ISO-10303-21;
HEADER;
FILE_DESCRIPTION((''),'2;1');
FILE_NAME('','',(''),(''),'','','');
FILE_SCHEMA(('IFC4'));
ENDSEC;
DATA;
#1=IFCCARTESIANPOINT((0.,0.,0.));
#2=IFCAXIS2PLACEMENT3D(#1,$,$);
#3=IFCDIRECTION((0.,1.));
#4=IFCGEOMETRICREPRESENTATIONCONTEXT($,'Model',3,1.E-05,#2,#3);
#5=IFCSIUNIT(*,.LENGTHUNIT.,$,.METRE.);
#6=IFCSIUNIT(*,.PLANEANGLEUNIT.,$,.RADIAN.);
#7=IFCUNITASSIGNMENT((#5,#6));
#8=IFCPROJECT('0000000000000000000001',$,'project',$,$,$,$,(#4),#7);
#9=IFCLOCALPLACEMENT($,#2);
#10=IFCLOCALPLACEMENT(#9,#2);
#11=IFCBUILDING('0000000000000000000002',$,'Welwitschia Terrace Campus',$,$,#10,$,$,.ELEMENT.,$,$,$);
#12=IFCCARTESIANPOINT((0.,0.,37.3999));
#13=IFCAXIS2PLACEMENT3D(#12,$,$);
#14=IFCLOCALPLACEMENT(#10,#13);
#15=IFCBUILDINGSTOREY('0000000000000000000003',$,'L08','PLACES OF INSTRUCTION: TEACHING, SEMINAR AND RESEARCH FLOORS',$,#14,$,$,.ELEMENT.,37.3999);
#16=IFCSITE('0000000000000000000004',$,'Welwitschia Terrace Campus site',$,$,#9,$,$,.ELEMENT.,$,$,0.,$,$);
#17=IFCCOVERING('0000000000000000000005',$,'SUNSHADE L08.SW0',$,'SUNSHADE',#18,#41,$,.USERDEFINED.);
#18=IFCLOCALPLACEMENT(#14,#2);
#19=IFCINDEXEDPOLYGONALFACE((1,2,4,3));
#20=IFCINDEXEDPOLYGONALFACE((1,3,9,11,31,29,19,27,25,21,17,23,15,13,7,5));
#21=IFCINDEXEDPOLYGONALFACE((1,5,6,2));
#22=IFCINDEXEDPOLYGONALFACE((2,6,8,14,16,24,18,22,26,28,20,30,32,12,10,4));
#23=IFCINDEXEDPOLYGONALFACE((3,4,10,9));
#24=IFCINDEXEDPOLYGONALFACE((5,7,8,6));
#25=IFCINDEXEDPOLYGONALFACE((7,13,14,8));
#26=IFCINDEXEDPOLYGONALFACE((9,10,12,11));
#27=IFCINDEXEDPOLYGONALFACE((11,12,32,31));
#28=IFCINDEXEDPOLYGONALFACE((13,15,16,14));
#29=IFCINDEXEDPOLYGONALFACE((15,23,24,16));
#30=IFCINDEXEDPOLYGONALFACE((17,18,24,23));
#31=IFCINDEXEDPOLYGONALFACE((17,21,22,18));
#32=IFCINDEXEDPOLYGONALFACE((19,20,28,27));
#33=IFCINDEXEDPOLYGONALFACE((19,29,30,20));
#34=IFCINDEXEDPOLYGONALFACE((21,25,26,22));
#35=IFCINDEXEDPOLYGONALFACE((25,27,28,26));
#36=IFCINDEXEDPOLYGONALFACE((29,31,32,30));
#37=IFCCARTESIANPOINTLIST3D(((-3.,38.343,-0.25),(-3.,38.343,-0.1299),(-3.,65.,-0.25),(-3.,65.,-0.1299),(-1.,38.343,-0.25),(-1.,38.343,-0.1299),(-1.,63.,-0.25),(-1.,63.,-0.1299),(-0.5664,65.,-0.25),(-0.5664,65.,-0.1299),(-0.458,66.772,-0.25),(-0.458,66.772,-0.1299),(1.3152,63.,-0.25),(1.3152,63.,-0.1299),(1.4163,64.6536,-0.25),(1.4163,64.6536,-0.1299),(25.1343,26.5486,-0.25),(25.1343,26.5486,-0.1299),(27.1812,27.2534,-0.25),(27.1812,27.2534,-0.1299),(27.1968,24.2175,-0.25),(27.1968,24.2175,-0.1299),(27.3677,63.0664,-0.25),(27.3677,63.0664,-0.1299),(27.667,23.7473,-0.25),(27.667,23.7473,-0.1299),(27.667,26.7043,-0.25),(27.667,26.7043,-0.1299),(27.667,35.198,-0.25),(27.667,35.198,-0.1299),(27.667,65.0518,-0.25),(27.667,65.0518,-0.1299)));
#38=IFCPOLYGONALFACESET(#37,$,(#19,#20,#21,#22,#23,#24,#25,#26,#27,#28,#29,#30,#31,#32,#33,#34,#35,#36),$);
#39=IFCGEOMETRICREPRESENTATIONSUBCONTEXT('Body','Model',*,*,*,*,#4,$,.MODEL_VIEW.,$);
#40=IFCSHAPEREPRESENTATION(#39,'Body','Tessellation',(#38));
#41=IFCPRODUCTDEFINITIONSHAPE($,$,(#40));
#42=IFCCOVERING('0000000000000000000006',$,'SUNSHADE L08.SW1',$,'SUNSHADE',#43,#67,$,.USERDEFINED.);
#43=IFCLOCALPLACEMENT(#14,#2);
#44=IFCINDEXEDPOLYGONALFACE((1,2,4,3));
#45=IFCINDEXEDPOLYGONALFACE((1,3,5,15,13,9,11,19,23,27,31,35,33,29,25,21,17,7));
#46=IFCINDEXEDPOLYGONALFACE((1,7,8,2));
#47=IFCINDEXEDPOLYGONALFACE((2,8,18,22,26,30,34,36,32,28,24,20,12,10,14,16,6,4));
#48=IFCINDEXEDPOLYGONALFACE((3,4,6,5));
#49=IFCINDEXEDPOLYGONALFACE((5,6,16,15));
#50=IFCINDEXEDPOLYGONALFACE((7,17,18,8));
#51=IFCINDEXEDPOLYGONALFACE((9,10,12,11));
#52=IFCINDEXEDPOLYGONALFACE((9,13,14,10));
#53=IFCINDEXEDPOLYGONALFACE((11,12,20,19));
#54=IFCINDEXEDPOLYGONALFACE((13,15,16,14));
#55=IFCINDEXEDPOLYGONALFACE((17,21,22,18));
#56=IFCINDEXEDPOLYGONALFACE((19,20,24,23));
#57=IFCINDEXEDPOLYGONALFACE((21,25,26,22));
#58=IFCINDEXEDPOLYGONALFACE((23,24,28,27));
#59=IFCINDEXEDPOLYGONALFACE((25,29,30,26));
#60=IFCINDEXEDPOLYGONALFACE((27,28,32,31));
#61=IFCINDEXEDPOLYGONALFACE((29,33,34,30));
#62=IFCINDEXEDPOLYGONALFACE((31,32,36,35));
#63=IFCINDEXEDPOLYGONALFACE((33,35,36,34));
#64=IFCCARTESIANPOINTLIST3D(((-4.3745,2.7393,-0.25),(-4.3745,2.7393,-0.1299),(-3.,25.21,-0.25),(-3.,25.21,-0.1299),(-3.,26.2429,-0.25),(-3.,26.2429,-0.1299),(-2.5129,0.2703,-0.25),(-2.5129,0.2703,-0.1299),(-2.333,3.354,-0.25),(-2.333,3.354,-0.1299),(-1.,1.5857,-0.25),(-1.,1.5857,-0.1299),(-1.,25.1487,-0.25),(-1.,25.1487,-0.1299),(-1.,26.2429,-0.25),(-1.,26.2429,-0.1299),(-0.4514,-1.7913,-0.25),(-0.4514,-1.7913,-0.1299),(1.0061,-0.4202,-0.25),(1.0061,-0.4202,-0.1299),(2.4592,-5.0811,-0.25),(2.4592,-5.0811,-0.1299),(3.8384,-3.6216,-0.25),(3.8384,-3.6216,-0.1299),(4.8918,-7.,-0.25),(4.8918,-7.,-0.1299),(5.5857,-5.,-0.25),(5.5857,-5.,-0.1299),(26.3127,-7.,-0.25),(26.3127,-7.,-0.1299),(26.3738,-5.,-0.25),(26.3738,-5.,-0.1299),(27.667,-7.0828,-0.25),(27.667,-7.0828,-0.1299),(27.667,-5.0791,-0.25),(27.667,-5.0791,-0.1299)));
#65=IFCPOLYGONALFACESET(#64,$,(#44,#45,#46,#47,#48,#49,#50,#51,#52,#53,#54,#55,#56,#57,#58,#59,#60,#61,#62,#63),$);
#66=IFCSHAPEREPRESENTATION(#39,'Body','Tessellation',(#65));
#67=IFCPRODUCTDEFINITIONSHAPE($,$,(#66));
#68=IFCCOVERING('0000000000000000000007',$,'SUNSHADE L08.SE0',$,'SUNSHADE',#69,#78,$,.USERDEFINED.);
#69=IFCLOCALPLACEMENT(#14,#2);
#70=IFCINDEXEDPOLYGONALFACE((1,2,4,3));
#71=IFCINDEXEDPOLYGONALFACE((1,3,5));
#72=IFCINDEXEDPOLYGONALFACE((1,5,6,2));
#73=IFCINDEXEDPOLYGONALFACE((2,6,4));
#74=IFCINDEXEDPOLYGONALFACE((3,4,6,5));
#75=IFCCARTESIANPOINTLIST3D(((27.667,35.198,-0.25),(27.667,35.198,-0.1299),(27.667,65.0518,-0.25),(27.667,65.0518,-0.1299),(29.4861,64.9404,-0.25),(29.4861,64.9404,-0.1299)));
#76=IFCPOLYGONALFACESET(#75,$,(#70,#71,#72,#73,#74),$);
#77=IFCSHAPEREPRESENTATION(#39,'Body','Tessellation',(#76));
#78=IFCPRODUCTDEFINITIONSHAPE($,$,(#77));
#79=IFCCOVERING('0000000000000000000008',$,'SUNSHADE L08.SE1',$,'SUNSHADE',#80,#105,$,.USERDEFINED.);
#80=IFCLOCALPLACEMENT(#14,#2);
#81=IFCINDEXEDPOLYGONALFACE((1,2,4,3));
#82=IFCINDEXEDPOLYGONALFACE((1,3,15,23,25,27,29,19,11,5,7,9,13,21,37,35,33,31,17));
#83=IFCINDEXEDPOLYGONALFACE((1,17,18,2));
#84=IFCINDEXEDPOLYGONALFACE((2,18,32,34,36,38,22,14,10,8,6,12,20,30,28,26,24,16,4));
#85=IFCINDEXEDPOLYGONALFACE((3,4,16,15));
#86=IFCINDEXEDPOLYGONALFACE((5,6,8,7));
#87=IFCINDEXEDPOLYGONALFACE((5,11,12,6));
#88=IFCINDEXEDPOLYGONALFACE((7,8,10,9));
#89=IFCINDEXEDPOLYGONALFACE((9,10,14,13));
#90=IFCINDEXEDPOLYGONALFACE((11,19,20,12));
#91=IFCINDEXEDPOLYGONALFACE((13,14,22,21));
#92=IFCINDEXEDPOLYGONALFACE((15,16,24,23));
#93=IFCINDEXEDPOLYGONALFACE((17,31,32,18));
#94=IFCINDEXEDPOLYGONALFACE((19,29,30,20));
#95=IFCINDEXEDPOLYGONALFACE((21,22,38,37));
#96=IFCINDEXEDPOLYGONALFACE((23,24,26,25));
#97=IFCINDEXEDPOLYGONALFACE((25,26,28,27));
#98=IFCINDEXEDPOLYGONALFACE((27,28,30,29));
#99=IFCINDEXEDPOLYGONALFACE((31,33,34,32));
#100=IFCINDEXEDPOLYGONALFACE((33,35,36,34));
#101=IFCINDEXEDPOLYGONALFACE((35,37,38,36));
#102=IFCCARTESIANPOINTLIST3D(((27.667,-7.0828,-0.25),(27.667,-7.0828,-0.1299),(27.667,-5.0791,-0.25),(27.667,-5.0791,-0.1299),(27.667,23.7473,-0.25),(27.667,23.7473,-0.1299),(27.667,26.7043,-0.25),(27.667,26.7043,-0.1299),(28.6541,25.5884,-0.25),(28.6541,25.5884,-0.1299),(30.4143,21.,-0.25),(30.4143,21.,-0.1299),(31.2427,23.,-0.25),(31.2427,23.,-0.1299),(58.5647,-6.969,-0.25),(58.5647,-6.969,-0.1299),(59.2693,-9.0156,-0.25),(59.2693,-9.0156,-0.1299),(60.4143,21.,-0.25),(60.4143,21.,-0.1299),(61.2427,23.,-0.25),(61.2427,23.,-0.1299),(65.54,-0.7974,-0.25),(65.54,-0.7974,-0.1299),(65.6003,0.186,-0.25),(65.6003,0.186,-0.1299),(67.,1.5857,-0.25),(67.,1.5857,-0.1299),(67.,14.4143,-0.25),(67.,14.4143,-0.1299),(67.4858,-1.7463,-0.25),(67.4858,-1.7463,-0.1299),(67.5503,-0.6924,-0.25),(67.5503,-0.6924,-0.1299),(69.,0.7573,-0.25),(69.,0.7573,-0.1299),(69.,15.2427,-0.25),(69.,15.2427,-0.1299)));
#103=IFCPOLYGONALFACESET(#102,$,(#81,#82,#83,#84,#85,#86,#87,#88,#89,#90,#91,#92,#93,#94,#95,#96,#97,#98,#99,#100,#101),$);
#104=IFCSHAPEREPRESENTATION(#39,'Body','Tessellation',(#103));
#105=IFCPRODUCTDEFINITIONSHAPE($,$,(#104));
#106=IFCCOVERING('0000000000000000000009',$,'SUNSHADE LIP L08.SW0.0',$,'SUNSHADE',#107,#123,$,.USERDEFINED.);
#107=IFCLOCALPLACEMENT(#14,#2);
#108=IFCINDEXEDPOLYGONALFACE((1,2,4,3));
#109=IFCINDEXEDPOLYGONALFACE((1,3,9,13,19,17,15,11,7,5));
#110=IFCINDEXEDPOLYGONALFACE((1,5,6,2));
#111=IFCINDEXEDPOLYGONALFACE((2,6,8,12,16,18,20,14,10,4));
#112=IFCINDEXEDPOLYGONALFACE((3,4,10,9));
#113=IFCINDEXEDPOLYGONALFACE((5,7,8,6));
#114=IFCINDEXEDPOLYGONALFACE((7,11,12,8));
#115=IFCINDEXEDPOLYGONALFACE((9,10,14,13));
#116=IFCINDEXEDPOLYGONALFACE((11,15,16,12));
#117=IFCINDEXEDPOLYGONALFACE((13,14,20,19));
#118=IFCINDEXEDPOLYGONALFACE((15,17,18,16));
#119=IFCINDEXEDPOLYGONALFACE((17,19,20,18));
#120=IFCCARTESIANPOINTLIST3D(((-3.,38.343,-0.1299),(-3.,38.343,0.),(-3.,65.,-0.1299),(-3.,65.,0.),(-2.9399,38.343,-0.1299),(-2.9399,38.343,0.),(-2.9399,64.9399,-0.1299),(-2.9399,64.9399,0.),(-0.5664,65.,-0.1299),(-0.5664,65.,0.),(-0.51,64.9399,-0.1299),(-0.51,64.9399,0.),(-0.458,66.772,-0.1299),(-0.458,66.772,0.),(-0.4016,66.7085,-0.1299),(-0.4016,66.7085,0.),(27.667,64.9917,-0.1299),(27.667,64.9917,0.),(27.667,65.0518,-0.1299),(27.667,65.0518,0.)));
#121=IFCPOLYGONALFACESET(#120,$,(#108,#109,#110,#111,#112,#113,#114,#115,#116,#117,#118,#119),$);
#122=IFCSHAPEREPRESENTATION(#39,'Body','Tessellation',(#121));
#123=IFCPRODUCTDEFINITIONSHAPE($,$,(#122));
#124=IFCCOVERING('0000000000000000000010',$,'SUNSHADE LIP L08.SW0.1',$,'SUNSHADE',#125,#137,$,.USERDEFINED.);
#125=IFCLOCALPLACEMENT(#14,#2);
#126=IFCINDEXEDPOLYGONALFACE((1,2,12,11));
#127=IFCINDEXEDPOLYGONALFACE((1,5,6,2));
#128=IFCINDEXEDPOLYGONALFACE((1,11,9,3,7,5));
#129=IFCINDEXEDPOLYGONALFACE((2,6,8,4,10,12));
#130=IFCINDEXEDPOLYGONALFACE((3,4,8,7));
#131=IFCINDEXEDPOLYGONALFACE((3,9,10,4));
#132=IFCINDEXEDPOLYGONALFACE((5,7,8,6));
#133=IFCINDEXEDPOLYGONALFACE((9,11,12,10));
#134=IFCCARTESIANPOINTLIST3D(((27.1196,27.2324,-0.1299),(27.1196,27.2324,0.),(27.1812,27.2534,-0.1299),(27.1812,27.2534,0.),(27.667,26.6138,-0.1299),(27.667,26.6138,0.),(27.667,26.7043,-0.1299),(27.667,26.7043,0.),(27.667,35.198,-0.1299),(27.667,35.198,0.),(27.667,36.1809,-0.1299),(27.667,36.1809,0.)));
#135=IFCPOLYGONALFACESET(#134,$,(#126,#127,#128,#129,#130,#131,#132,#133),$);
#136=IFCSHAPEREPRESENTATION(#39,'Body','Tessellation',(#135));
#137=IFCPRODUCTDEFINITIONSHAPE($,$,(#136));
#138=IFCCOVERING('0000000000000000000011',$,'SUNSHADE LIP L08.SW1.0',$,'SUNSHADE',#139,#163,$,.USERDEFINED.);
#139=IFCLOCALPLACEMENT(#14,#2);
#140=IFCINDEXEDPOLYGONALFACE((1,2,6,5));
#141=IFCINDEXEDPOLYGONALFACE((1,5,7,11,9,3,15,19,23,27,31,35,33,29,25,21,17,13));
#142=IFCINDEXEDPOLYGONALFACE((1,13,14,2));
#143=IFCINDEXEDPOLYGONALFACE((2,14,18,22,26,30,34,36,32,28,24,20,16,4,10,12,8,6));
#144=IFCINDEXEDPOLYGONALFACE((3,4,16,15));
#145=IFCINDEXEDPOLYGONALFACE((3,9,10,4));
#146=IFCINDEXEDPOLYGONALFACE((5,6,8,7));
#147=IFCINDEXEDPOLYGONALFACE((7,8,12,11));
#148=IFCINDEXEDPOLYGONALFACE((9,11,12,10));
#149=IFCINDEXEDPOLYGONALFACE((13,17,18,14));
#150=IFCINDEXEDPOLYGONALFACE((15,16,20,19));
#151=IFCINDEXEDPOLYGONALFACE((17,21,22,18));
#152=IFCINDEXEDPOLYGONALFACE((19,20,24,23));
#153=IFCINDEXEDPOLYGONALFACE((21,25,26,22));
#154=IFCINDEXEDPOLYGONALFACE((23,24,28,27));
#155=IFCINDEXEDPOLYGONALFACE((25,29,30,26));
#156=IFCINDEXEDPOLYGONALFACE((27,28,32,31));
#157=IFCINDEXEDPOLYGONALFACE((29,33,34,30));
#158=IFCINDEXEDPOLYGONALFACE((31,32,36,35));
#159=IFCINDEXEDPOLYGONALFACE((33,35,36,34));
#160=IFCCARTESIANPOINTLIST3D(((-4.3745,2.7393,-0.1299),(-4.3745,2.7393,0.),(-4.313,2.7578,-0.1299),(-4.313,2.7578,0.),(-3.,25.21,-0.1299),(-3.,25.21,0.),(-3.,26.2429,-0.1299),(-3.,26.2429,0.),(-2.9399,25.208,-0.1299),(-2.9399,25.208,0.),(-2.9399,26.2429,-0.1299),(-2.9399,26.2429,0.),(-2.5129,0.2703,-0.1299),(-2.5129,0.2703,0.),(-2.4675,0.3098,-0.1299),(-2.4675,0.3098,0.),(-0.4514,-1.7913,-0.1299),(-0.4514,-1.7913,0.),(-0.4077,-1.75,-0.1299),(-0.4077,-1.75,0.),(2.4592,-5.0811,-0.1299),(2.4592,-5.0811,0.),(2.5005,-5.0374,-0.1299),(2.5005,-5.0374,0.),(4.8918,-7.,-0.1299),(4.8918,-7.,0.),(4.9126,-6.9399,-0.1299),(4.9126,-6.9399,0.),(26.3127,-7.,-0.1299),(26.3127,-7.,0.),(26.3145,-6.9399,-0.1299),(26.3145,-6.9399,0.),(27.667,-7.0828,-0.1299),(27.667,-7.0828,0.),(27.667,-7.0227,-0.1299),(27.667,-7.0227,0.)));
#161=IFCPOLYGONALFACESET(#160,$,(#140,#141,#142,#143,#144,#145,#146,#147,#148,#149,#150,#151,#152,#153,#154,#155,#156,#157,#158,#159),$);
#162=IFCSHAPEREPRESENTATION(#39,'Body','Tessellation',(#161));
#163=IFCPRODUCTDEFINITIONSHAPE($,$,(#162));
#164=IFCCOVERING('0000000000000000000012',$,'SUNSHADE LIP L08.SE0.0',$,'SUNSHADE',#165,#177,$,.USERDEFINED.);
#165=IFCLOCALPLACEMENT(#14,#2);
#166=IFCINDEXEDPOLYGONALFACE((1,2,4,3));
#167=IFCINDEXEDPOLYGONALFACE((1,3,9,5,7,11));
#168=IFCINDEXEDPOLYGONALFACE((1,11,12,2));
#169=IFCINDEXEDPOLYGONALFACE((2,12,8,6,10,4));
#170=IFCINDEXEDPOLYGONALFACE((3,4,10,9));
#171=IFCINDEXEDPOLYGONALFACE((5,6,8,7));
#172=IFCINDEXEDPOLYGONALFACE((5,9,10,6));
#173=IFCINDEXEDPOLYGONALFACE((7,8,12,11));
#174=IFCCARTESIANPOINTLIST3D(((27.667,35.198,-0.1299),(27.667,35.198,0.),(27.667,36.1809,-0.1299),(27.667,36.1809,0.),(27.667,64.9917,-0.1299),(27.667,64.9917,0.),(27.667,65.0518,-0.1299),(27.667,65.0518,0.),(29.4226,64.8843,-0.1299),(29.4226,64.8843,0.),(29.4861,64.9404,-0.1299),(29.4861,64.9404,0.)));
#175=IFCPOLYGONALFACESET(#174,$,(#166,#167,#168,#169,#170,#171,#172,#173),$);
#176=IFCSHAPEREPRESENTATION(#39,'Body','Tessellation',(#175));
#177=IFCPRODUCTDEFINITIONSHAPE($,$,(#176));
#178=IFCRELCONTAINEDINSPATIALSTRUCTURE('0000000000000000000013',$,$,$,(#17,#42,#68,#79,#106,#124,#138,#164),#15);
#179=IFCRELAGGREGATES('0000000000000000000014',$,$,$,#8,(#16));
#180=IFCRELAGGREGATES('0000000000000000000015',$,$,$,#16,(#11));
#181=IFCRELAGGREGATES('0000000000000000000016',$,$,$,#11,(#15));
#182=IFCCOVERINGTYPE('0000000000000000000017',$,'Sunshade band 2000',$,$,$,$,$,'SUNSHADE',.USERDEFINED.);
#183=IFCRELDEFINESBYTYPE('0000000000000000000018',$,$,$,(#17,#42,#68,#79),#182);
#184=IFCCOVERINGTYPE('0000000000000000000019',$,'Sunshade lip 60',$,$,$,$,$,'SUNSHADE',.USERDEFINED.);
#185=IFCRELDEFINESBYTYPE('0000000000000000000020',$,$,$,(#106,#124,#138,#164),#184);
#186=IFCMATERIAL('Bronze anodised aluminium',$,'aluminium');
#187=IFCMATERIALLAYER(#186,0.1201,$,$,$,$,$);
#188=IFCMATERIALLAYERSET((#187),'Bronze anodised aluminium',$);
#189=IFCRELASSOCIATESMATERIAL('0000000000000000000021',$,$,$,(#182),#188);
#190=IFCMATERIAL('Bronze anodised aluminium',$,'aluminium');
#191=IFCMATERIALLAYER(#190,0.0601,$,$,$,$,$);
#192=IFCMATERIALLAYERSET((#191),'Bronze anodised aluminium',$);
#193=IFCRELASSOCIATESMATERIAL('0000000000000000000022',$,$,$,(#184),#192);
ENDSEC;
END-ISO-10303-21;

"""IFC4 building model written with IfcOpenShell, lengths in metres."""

from ifc_helpers import new_model, si_unit, direction, frame, origin, place, context, subcontext, project, spatial, polyline, outline, extrude, material, layer, layer_set, type_object, element, save


model = new_model("IFC4")

# Units and contexts
model_context = context("Model", 3, precision=1e-05, world=origin(), true_north=direction((0.0, 1.0)))
body_context = subcontext(model_context, "Body", "Model", "MODEL_VIEW")
ifc_project = project(units=[si_unit("LENGTHUNIT", "METRE"), si_unit("PLANEANGLEUNIT", "RADIAN")], contexts=[model_context])

# Site, building, storey
site_placement = place(None, origin())
site = spatial("IfcSite", under=ifc_project, at=site_placement, Name="Welwitschia Terrace Campus site", CompositionType="ELEMENT", RefElevation=0.0)
building_placement = place(site_placement, origin())
building = spatial("IfcBuilding", under=site, at=building_placement, Name="Welwitschia Terrace Campus", CompositionType="ELEMENT")
storey_placement = place(building_placement, frame((0.0, 0.0, 37.3999)))
storey = spatial("IfcBuildingStorey", under=building, at=storey_placement, Name="L08", Description="PLACES OF INSTRUCTION: TEACHING, SEMINAR AND RESEARCH FLOORS", CompositionType="ELEMENT", Elevation=37.3999)

# Coverings
ifc_material_1 = material(Name="Bronze anodised aluminium", Category="aluminium")
ifc_layer_1 = layer(ifc_material_1, 0.1201)
ifc_layer_set_1 = layer_set([ifc_layer_1], Name="Bronze anodised aluminium")
covering_type_1 = type_object("IfcCoveringType", Name="Sunshade band 2000", ElementType="SUNSHADE", PredefinedType="USERDEFINED", material=ifc_layer_set_1)
covering_1_placement = place(storey_placement, frame((0.0, 0.0, -0.25)))
element("IfcCovering", 1, at=covering_1_placement, inside=storey, type_object=covering_type_1, Name="SUNSHADE L08.SW0", ObjectType="SUNSHADE", PredefinedType="USERDEFINED", context=body_context, shape_type="SweptSolid", body=[
    extrude(outline(polyline([(-0.458, 66.772), (27.667, 65.0518), (27.667, 35.198), (27.1812, 27.2534), (27.667, 26.7043), (27.667, 23.7473), (27.1968, 24.2175), (25.1343, 26.5486), (27.3677, 63.0664), (1.4163, 64.6536), (1.3152, 63.0), (-1.0, 63.0), (-1.0, 38.343), (-3.0, 38.343), (-3.0, 65.0), (-0.5664, 65.0), (-0.458, 66.772)])), origin(), (0.0, 0.0, 1.0), 0.1201),
])
covering_2_placement = place(storey_placement, frame((0.0, 0.0, -0.25)))
element("IfcCovering", 2, at=covering_2_placement, inside=storey, type_object=covering_type_1, Name="SUNSHADE L08.SW1", ObjectType="SUNSHADE", PredefinedType="USERDEFINED", context=body_context, shape_type="SweptSolid", body=[
    extrude(outline(polyline([(26.3127, -7.0), (4.8918, -7.0), (2.4592, -5.0811), (-0.4514, -1.7913), (-2.5129, 0.2703), (-4.3745, 2.7393), (-3.0, 25.21), (-3.0, 26.2429), (-1.0, 26.2429), (-1.0, 25.1487), (-2.333, 3.354), (-1.0, 1.5857), (1.0061, -0.4202), (3.8384, -3.6216), (5.5857, -5.0), (26.3738, -5.0), (27.667, -5.0791), (27.667, -7.0828), (26.3127, -7.0)])), origin(), (0.0, 0.0, 1.0), 0.1201),
])
covering_3_placement = place(storey_placement, frame((0.0, 0.0, -0.25)))
element("IfcCovering", 3, at=covering_3_placement, inside=storey, type_object=covering_type_1, Name="SUNSHADE L08.SE0", ObjectType="SUNSHADE", PredefinedType="USERDEFINED", context=body_context, shape_type="SweptSolid", body=[
    extrude(outline(polyline([(29.4861, 64.9404), (27.667, 35.198), (27.667, 65.0518), (29.4861, 64.9404)])), origin(), (0.0, 0.0, 1.0), 0.1201),
])
covering_4_placement = place(storey_placement, frame((0.0, 0.0, -0.25)))
element("IfcCovering", 4, at=covering_4_placement, inside=storey, type_object=covering_type_1, Name="SUNSHADE L08.SE1", ObjectType="SUNSHADE", PredefinedType="USERDEFINED", context=body_context, shape_type="SweptSolid", body=[
    extrude(outline(polyline([(28.6541, 25.5884), (31.2427, 23.0), (61.2427, 23.0), (69.0, 15.2427), (69.0, 0.7573), (67.5503, -0.6924), (67.4858, -1.7463), (59.2693, -9.0156), (27.667, -7.0828), (27.667, -5.0791), (58.5647, -6.969), (65.54, -0.7974), (65.6003, 0.186), (67.0, 1.5857), (67.0, 14.4143), (60.4143, 21.0), (30.4143, 21.0), (27.667, 23.7473), (27.667, 26.7043), (28.6541, 25.5884)])), origin(), (0.0, 0.0, 1.0), 0.1201),
])
ifc_material_2 = material(Name="Bronze anodised aluminium", Category="aluminium")
ifc_layer_2 = layer(ifc_material_2, 0.0601)
ifc_layer_set_2 = layer_set([ifc_layer_2], Name="Bronze anodised aluminium")
covering_type_2 = type_object("IfcCoveringType", Name="Sunshade lip 60", ElementType="SUNSHADE", PredefinedType="USERDEFINED", material=ifc_layer_set_2)
covering_5_placement = place(storey_placement, frame((0.0, 0.0, -0.1299)))
element("IfcCovering", 5, at=covering_5_placement, inside=storey, type_object=covering_type_2, Name="SUNSHADE LIP L08.SW0.0", ObjectType="SUNSHADE", PredefinedType="USERDEFINED", context=body_context, shape_type="SweptSolid", body=[
    extrude(outline(polyline([(27.667, 65.0518), (27.667, 64.9917), (-0.4016, 66.7085), (-0.51, 64.9399), (-2.9399, 64.9399), (-2.9399, 38.343), (-3.0, 38.343), (-3.0, 65.0), (-0.5664, 65.0), (-0.458, 66.772), (27.667, 65.0518)])), origin(), (0.0, 0.0, 1.0), 0.1299),
])
covering_6_placement = place(storey_placement, frame((0.0, 0.0, -0.1299)))
element("IfcCovering", 6, at=covering_6_placement, inside=storey, type_object=covering_type_2, Name="SUNSHADE LIP L08.SW0.1", ObjectType="SUNSHADE", PredefinedType="USERDEFINED", context=body_context, shape_type="SweptSolid", body=[
    extrude(outline(polyline([(27.667, 35.198), (27.1812, 27.2534), (27.667, 26.7043), (27.667, 26.6138), (27.1196, 27.2324), (27.667, 36.1809), (27.667, 35.198)])), origin(), (0.0, 0.0, 1.0), 0.1299),
])
covering_7_placement = place(storey_placement, frame((0.0, 0.0, -0.1299)))
element("IfcCovering", 7, at=covering_7_placement, inside=storey, type_object=covering_type_2, Name="SUNSHADE LIP L08.SW1.0", ObjectType="SUNSHADE", PredefinedType="USERDEFINED", context=body_context, shape_type="SweptSolid", body=[
    extrude(outline(polyline([(4.8918, -7.0), (2.4592, -5.0811), (-0.4514, -1.7913), (-2.5129, 0.2703), (-4.3745, 2.7393), (-3.0, 25.21), (-3.0, 26.2429), (-2.9399, 26.2429), (-2.9399, 25.208), (-4.313, 2.7578), (-2.4675, 0.3098), (-0.4077, -1.75), (2.5005, -5.0374), (4.9126, -6.9399), (26.3145, -6.9399), (27.667, -7.0227), (27.667, -7.0828), (26.3127, -7.0), (4.8918, -7.0)])), origin(), (0.0, 0.0, 1.0), 0.1299),
])
covering_8_placement = place(storey_placement, frame((0.0, 0.0, -0.1299)))
element("IfcCovering", 8, at=covering_8_placement, inside=storey, type_object=covering_type_2, Name="SUNSHADE LIP L08.SE0.0", ObjectType="SUNSHADE", PredefinedType="USERDEFINED", context=body_context, shape_type="SweptSolid", body=[
    extrude(outline(polyline([(27.667, 35.198), (27.667, 36.1809), (29.4226, 64.8843), (27.667, 64.9917), (27.667, 65.0518), (29.4861, 64.9404), (27.667, 35.198)])), origin(), (0.0, 0.0, 1.0), 0.1299),
])

save(model, "model.ifc")
